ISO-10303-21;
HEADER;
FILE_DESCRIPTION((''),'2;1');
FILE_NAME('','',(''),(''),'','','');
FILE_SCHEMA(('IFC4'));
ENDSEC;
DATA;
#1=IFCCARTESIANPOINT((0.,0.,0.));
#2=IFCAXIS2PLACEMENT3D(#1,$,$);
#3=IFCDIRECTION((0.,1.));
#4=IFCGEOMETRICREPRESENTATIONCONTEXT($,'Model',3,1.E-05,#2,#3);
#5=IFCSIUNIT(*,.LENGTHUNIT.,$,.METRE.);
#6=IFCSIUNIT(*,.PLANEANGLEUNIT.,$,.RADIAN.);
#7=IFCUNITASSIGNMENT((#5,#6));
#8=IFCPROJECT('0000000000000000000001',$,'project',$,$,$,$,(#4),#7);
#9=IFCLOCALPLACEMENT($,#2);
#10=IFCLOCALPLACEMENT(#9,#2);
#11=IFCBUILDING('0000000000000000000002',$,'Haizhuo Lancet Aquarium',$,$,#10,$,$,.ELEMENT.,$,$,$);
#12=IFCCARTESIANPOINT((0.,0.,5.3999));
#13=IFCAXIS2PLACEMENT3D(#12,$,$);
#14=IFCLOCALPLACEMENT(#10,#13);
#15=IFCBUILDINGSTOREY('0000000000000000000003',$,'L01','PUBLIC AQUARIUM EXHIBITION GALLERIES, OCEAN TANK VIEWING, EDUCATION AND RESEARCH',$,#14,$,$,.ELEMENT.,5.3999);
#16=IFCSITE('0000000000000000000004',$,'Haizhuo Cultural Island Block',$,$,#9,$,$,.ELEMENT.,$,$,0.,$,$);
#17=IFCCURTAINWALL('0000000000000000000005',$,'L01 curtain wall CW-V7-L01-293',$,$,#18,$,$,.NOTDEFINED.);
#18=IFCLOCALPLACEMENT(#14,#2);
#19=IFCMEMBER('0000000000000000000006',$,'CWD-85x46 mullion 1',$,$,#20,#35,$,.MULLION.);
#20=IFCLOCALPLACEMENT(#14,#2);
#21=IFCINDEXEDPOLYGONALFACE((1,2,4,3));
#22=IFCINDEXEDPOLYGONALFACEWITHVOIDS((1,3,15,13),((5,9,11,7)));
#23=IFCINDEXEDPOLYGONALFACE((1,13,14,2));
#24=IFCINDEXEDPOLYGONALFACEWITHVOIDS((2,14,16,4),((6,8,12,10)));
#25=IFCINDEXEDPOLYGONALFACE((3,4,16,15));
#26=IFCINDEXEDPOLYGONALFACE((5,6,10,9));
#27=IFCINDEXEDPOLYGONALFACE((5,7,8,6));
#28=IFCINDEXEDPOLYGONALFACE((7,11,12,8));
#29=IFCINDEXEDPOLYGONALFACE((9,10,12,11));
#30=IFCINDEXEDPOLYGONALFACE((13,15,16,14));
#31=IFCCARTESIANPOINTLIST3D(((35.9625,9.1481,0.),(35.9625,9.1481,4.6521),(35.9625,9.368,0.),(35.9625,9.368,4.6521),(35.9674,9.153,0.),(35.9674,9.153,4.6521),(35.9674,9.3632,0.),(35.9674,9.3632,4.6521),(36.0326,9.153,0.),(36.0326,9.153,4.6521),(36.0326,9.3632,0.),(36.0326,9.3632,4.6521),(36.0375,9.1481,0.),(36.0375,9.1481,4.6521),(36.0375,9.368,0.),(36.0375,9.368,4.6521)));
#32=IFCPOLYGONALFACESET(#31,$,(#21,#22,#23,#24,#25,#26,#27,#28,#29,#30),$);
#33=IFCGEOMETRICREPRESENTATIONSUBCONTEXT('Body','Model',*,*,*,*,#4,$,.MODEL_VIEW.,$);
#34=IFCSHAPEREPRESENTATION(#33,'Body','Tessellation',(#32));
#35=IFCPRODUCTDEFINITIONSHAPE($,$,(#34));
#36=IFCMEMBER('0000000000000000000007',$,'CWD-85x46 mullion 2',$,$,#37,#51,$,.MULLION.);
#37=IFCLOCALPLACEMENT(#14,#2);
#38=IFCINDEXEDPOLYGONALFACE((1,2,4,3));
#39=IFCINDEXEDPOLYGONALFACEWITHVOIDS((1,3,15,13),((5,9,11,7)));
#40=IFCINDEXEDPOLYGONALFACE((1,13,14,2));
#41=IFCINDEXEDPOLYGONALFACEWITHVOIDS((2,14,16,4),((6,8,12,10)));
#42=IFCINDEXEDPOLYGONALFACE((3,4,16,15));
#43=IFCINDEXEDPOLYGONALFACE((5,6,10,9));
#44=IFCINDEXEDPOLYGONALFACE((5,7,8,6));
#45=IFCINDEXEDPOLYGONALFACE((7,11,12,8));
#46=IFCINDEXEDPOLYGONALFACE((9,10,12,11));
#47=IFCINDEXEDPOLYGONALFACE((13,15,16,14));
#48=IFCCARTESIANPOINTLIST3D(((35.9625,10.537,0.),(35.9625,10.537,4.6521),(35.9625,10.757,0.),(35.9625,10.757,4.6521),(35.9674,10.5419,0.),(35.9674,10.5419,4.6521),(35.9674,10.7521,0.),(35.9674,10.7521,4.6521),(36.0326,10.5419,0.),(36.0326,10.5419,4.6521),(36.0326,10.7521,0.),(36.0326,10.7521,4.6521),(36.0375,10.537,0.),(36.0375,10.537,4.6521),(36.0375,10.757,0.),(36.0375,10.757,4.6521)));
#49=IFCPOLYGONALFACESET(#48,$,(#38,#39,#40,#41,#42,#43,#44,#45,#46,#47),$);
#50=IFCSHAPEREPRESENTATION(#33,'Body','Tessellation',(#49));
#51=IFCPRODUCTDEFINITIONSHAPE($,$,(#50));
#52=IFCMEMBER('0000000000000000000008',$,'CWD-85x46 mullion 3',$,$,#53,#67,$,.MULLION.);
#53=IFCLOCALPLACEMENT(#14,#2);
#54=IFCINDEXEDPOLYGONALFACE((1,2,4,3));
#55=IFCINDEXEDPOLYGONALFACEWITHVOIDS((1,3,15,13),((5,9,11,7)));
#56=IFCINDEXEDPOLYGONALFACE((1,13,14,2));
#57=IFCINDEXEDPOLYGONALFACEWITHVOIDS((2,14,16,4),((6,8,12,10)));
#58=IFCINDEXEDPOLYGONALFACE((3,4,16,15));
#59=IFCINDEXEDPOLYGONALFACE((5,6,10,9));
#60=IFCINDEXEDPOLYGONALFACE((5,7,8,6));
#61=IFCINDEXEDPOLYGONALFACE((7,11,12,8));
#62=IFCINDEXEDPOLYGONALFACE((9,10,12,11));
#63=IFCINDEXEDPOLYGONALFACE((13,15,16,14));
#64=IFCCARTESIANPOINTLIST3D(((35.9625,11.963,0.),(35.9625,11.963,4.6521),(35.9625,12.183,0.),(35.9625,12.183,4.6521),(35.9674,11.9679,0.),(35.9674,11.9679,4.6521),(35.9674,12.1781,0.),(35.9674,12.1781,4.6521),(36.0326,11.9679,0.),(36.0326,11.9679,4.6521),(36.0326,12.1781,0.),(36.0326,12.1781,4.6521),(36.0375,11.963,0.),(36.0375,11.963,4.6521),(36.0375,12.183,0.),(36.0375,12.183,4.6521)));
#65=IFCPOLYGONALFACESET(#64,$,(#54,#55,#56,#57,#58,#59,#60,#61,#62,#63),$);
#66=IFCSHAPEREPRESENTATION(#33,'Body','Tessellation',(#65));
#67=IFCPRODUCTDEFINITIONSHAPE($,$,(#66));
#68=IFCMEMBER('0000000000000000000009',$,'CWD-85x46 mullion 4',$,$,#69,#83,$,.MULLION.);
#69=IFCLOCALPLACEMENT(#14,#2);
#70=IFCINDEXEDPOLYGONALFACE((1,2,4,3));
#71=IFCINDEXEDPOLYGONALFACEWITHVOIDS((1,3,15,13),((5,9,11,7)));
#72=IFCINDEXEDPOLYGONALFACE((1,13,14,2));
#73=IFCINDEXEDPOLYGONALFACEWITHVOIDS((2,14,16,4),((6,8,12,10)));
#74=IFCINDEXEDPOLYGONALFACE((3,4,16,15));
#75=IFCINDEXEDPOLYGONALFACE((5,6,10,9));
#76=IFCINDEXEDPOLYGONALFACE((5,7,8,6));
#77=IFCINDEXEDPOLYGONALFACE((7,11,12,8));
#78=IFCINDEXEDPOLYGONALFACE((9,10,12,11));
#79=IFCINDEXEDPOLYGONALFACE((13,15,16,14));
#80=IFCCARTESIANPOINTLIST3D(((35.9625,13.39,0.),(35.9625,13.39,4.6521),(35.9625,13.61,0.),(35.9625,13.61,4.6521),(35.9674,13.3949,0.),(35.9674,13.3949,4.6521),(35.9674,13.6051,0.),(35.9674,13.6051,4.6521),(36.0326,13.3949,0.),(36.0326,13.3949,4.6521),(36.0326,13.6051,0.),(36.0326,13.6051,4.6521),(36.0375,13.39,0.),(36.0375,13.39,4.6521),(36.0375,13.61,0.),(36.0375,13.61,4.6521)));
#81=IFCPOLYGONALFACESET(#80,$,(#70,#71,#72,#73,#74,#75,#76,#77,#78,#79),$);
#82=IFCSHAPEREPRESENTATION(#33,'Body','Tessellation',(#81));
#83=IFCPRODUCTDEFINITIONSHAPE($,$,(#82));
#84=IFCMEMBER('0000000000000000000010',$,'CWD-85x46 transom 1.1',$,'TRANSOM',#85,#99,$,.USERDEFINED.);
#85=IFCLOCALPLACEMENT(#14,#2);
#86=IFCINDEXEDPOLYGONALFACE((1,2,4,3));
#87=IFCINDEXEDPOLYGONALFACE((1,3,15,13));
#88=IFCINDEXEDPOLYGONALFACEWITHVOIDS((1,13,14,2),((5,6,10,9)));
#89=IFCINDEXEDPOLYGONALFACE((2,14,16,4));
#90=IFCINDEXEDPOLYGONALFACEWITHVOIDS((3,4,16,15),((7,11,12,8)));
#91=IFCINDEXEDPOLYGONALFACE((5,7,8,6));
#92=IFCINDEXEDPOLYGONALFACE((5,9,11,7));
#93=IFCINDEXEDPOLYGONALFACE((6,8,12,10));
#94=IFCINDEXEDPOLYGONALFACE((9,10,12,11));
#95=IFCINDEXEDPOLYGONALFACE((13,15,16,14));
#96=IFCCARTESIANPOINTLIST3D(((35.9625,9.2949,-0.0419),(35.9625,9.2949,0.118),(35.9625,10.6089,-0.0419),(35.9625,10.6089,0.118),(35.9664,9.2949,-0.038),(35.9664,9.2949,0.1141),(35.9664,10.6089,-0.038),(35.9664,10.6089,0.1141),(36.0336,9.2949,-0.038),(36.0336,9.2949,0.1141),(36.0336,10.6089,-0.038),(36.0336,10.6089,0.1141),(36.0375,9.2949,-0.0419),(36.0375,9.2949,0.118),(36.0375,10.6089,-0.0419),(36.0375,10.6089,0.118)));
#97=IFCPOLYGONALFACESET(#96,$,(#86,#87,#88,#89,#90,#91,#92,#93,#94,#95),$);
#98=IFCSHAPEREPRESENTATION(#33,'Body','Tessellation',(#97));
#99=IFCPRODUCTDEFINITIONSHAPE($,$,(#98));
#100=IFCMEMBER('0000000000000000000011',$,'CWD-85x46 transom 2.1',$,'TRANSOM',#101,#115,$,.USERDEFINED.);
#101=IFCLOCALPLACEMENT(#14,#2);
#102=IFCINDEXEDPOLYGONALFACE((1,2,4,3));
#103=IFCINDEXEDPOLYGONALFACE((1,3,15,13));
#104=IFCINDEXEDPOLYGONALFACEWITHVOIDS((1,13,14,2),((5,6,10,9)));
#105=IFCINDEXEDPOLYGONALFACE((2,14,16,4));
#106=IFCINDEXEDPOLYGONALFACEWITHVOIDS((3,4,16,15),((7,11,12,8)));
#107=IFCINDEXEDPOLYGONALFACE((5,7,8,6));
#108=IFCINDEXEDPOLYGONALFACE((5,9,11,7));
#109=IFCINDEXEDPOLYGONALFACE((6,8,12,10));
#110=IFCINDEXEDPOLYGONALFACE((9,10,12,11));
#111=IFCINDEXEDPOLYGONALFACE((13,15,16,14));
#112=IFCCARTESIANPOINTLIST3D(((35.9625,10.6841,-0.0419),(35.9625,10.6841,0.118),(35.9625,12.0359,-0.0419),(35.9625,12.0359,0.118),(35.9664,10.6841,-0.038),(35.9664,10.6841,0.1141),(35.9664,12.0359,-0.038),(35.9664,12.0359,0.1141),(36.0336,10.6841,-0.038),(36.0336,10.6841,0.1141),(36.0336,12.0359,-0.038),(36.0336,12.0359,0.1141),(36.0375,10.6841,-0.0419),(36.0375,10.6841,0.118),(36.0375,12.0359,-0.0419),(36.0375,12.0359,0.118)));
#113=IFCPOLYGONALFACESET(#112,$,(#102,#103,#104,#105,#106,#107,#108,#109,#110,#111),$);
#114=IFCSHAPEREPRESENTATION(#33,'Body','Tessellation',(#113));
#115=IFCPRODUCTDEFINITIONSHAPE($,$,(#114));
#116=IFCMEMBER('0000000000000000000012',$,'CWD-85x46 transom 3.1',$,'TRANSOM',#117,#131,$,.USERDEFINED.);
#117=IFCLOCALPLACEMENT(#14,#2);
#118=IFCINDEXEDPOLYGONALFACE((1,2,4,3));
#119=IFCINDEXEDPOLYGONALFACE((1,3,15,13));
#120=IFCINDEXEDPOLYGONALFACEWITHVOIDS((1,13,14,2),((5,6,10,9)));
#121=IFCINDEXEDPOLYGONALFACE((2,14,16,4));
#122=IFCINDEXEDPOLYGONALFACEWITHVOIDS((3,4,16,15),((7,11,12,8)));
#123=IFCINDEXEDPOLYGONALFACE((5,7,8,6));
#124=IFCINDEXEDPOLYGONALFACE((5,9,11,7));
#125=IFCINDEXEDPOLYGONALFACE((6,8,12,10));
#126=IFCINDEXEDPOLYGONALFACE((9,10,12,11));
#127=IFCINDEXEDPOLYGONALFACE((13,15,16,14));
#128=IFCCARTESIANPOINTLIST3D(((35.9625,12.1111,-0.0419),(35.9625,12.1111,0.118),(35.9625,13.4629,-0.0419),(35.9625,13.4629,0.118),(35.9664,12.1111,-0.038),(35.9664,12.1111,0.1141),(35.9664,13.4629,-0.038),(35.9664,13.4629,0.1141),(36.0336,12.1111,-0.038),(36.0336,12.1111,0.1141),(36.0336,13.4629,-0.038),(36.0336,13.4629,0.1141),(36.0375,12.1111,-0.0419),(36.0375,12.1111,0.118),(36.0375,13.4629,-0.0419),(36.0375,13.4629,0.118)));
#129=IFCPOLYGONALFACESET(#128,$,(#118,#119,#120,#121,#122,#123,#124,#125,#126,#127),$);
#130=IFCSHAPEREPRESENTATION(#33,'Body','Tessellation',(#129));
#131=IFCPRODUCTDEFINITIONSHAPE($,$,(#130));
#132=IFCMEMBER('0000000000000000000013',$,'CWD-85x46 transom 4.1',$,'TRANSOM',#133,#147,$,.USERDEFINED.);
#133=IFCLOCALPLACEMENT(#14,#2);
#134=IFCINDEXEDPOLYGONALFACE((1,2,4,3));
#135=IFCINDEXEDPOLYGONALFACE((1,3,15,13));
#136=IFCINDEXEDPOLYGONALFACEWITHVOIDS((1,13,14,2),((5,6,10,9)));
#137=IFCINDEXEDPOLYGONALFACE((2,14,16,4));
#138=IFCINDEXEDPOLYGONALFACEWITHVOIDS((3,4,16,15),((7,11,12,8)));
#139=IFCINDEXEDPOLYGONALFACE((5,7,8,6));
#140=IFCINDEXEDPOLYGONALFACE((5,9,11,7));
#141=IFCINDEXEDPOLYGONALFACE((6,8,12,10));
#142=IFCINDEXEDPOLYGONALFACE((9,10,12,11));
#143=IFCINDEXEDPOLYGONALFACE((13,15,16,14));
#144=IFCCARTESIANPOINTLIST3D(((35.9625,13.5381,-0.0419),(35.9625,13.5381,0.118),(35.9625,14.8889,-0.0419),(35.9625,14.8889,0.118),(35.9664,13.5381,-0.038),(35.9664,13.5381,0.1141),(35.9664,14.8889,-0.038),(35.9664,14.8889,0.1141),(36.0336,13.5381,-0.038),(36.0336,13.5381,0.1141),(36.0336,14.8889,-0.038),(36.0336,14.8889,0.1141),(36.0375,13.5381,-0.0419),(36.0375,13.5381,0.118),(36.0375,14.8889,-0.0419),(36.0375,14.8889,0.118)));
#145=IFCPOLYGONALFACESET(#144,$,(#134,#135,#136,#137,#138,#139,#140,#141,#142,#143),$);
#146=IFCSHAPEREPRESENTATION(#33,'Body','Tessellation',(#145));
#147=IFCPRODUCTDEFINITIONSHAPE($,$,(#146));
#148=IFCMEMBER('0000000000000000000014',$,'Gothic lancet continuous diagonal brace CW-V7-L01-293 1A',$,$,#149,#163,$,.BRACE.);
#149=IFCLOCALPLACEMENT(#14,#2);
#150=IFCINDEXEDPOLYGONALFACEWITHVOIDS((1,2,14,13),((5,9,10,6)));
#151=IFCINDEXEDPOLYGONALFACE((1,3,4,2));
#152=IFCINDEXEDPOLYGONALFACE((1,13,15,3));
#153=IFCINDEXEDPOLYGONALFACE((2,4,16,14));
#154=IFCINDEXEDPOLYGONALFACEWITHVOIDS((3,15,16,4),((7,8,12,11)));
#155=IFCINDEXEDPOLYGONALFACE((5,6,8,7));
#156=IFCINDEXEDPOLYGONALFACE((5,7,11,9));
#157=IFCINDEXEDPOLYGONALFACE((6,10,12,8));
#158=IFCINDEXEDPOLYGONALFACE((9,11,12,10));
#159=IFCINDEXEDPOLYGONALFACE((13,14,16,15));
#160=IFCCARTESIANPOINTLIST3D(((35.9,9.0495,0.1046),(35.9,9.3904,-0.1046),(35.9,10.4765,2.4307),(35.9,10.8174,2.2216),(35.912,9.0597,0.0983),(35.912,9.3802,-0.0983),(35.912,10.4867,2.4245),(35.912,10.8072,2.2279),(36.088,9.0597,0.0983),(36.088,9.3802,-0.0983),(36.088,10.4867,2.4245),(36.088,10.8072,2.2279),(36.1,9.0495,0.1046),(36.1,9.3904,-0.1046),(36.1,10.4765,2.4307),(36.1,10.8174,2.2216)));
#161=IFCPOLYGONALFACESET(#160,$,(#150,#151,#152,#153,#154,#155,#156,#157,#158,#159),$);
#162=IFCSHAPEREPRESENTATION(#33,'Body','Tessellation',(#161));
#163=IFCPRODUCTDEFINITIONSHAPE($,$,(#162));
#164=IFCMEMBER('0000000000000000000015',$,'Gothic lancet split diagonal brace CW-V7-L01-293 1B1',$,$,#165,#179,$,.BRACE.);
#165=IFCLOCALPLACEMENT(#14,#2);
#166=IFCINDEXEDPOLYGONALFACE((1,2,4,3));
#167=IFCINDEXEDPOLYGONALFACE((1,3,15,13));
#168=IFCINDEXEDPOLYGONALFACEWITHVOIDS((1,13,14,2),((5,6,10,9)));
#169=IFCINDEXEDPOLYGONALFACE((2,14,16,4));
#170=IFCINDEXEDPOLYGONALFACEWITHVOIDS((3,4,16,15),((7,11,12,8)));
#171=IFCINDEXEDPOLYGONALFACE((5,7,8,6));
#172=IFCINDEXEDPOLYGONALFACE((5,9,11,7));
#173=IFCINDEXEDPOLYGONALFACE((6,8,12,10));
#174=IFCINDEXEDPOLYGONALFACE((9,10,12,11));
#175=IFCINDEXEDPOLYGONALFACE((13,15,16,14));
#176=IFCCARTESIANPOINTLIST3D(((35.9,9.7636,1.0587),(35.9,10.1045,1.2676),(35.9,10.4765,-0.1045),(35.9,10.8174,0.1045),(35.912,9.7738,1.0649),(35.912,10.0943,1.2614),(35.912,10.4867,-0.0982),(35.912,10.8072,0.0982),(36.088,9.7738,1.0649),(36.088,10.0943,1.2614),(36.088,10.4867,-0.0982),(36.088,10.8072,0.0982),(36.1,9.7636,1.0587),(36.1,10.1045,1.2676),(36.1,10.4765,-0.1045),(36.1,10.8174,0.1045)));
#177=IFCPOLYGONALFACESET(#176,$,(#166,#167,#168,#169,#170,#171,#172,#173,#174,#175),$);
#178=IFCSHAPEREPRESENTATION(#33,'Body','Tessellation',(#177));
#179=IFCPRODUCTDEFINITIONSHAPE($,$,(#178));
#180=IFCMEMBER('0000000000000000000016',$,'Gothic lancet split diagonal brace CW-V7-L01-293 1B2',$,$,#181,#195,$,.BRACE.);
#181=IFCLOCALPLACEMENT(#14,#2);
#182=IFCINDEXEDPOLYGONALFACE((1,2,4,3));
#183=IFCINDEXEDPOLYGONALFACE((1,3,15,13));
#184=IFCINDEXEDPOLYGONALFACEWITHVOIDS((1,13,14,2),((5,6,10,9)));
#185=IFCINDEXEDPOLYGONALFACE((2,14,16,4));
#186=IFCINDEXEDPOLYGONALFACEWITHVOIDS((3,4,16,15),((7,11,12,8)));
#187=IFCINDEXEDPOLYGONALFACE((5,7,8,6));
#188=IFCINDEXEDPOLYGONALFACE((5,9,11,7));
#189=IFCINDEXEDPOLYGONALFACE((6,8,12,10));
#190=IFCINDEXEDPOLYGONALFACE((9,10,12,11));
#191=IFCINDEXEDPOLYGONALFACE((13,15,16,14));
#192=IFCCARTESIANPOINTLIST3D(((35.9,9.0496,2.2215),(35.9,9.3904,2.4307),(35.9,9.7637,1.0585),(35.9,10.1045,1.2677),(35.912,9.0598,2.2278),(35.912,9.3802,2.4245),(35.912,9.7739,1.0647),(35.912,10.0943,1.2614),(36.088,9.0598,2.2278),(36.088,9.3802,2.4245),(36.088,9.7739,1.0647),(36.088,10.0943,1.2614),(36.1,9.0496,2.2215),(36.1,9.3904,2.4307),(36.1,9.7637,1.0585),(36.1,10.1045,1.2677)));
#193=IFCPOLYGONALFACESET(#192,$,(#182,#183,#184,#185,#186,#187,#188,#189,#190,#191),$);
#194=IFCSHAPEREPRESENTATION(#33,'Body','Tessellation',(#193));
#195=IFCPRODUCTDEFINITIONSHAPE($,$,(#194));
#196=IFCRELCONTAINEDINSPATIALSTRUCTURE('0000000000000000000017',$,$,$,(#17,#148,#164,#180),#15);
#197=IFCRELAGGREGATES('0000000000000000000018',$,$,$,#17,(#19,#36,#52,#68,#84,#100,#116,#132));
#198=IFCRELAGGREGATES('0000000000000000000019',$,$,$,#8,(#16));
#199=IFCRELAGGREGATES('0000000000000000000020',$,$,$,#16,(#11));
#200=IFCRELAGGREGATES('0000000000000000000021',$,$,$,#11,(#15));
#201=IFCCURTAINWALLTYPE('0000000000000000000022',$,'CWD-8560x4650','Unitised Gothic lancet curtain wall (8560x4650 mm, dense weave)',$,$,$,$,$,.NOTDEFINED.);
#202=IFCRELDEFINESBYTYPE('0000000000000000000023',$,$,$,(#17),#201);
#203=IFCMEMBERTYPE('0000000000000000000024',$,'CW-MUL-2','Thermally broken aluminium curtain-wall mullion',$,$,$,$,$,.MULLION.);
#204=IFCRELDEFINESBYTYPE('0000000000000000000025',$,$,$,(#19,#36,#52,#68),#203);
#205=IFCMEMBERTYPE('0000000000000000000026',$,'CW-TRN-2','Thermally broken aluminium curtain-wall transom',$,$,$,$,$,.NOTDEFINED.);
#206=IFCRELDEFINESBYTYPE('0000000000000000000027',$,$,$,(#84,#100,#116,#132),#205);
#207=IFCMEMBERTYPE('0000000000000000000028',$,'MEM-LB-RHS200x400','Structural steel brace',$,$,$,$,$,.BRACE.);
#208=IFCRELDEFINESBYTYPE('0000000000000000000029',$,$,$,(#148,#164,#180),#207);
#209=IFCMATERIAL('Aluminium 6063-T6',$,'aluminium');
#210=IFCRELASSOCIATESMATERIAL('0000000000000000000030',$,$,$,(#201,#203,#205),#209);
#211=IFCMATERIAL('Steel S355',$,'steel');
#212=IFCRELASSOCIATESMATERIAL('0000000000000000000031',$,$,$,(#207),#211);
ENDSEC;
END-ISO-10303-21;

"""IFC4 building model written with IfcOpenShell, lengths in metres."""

from ifc_helpers import new_model, si_unit, direction, frame, origin, origin_2d, place, context, subcontext, project, spatial, hollow_rectangle, extrude, material, material_profile, profile_set, type_object, element, aggregate, save


model = new_model("IFC4")

# Units and contexts
model_context = context("Model", 3, precision=1e-05, world=origin(), true_north=direction((0.0, 1.0)))
body_context = subcontext(model_context, "Body", "Model", "MODEL_VIEW")
ifc_project = project(units=[si_unit("LENGTHUNIT", "METRE"), si_unit("PLANEANGLEUNIT", "RADIAN")], contexts=[model_context])

# Site, building, storey
site_placement = place(None, origin())
site = spatial("IfcSite", under=ifc_project, at=site_placement, Name="Haizhuo Cultural Island Block", CompositionType="ELEMENT", RefElevation=0.0)
building_placement = place(site_placement, origin())
building = spatial("IfcBuilding", under=site, at=building_placement, Name="Haizhuo Lancet Aquarium", CompositionType="ELEMENT")
storey_placement = place(building_placement, frame((0.0, 0.0, 5.3999)))
storey = spatial("IfcBuildingStorey", under=building, at=storey_placement, Name="L01", Description="PUBLIC AQUARIUM EXHIBITION GALLERIES, OCEAN TANK VIEWING, EDUCATION AND RESEARCH", CompositionType="ELEMENT", Elevation=5.3999)

# Curtain wall, members
ifc_material_1 = material(Name="Aluminium 6063-T6", Category="aluminium")
curtain_wall_type = type_object("IfcCurtainWallType", Name="CWD-8560x4650", Description="Unitised Gothic lancet curtain wall (8560x4650 mm, dense weave)", PredefinedType="NOTDEFINED", material=ifc_material_1)
curtain_wall_placement = place(storey_placement, origin())
curtain_wall = element("IfcCurtainWall", 1, at=curtain_wall_placement, inside=storey, type_object=curtain_wall_type, Name="L01 curtain wall CW-V7-L01-293", PredefinedType="NOTDEFINED")
ifc_material_profile_1 = material_profile(ifc_material_1, hollow_rectangle(XDim=0.075, YDim=0.22, WallThickness=0.0049, at=origin_2d()), Name="ALU-M 75x220x5")
ifc_profile_set_1 = profile_set([ifc_material_profile_1], Name="Aluminium 6063-T6")
member_type_1 = type_object("IfcMemberType", Name="CW-MUL-2", Description="Thermally broken aluminium curtain-wall mullion", PredefinedType="MULLION", material=ifc_profile_set_1)
member_1_placement = place(storey_placement, frame((36.0, 9.2581, 0.0), z_axis=(0.0, 0.0, 1.0), x_axis=(-1.0, 0.0, 0.0)))
member_1 = element("IfcMember", 2, at=member_1_placement, type_object=member_type_1, Name="CWD-85x46 mullion 1", PredefinedType="MULLION", context=body_context, shape_type="SweptSolid", body=[
    extrude(hollow_rectangle(XDim=0.075, YDim=0.22, WallThickness=0.0049, at=origin_2d()), origin(), (0.0, 0.0, 1.0), 4.6521),
])
member_2_placement = place(storey_placement, frame((36.0, 10.647, 0.0), z_axis=(0.0, 0.0, 1.0), x_axis=(-1.0, 0.0, 0.0)))
member_2 = element("IfcMember", 3, at=member_2_placement, type_object=member_type_1, Name="CWD-85x46 mullion 2", PredefinedType="MULLION", context=body_context, shape_type="SweptSolid", body=[
    extrude(hollow_rectangle(XDim=0.075, YDim=0.22, WallThickness=0.0049, at=origin_2d()), origin(), (0.0, 0.0, 1.0), 4.6521),
])
member_3_placement = place(storey_placement, frame((36.0, 12.073, 0.0), z_axis=(0.0, 0.0, 1.0), x_axis=(-1.0, 0.0, 0.0)))
member_3 = element("IfcMember", 4, at=member_3_placement, type_object=member_type_1, Name="CWD-85x46 mullion 3", PredefinedType="MULLION", context=body_context, shape_type="SweptSolid", body=[
    extrude(hollow_rectangle(XDim=0.075, YDim=0.22, WallThickness=0.0049, at=origin_2d()), origin(), (0.0, 0.0, 1.0), 4.6521),
])
member_4_placement = place(storey_placement, frame((36.0, 13.5, 0.0), z_axis=(0.0, 0.0, 1.0), x_axis=(-1.0, 0.0, 0.0)))
member_4 = element("IfcMember", 5, at=member_4_placement, type_object=member_type_1, Name="CWD-85x46 mullion 4", PredefinedType="MULLION", context=body_context, shape_type="SweptSolid", body=[
    extrude(hollow_rectangle(XDim=0.075, YDim=0.22, WallThickness=0.0049, at=origin_2d()), origin(), (0.0, 0.0, 1.0), 4.6521),
])
ifc_material_profile_2 = material_profile(ifc_material_1, hollow_rectangle(XDim=0.075, YDim=0.1599, WallThickness=0.0039, at=origin_2d()), Name="ALU-T 75x160x4")
ifc_profile_set_2 = profile_set([ifc_material_profile_2], Name="Aluminium 6063-T6")
member_type_2 = type_object("IfcMemberType", Name="CW-TRN-2", Description="Thermally broken aluminium curtain-wall transom", PredefinedType="NOTDEFINED", material=ifc_profile_set_2)
member_5_placement = place(storey_placement, frame((36.0, 9.2949, 0.0381), z_axis=(0.0, 1.0, 0.0), x_axis=(-1.0, 0.0, 0.0)))
member_5 = element("IfcMember", 6, at=member_5_placement, type_object=member_type_2, Name="CWD-85x46 transom 1.1", ObjectType="TRANSOM", PredefinedType="USERDEFINED", context=body_context, shape_type="SweptSolid", body=[
    extrude(hollow_rectangle(XDim=0.075, YDim=0.1599, WallThickness=0.0039, at=origin_2d()), origin(), (0.0, 0.0, 1.0), 1.314),
])
member_6_placement = place(storey_placement, frame((36.0, 10.6841, 0.0381), z_axis=(0.0, 1.0, 0.0), x_axis=(-1.0, 0.0, 0.0)))
member_6 = element("IfcMember", 7, at=member_6_placement, type_object=member_type_2, Name="CWD-85x46 transom 2.1", ObjectType="TRANSOM", PredefinedType="USERDEFINED", context=body_context, shape_type="SweptSolid", body=[
    extrude(hollow_rectangle(XDim=0.075, YDim=0.1599, WallThickness=0.0039, at=origin_2d()), origin(), (0.0, 0.0, 1.0), 1.3518),
])
member_7_placement = place(storey_placement, frame((36.0, 12.1111, 0.0381), z_axis=(0.0, 1.0, 0.0), x_axis=(-1.0, 0.0, 0.0)))
member_7 = element("IfcMember", 8, at=member_7_placement, type_object=member_type_2, Name="CWD-85x46 transom 3.1", ObjectType="TRANSOM", PredefinedType="USERDEFINED", context=body_context, shape_type="SweptSolid", body=[
    extrude(hollow_rectangle(XDim=0.075, YDim=0.1599, WallThickness=0.0039, at=origin_2d()), origin(), (0.0, 0.0, 1.0), 1.3518),
])
member_8_placement = place(storey_placement, frame((36.0, 13.5381, 0.0381), z_axis=(0.0, 1.0, 0.0), x_axis=(-1.0, 0.0, 0.0)))
member_8 = element("IfcMember", 9, at=member_8_placement, type_object=member_type_2, Name="CWD-85x46 transom 4.1", ObjectType="TRANSOM", PredefinedType="USERDEFINED", context=body_context, shape_type="SweptSolid", body=[
    extrude(hollow_rectangle(XDim=0.075, YDim=0.1599, WallThickness=0.0039, at=origin_2d()), origin(), (0.0, 0.0, 1.0), 1.3508),
])

# Members
ifc_material_2 = material(Name="Steel S355", Category="steel")
ifc_material_profile_3 = material_profile(ifc_material_2, hollow_rectangle(XDim=0.2, YDim=0.3999, WallThickness=0.012, at=origin_2d()), Name="RHS 200x400x12")
ifc_profile_set_3 = profile_set([ifc_material_profile_3], Name="Steel S355")
member_type_3 = type_object("IfcMemberType", Name="MEM-LB-RHS200x400", Description="Structural steel brace", PredefinedType="BRACE", material=ifc_profile_set_3)
member_9_placement = place(storey_placement, frame((36.0, 9.22, 0.0), z_axis=(0.0, 0.522904, 0.852392), x_axis=(-1.0, 0.0, 0.0)))
element("IfcMember", 10, at=member_9_placement, inside=storey, type_object=member_type_3, Name="Gothic lancet continuous diagonal brace CW-V7-L01-293 1A", PredefinedType="BRACE", context=body_context, shape_type="SweptSolid", body=[
    extrude(hollow_rectangle(XDim=0.2, YDim=0.3999, WallThickness=0.012, at=origin_2d()), origin(), (0.0, 0.0, 1.0), 2.729),
])
member_10_placement = place(storey_placement, frame((36.0, 10.647, 0.0), z_axis=(0.0, -0.522579, 0.852591), x_axis=(1.0, 0.0, 0.0)))
element("IfcMember", 11, at=member_10_placement, inside=storey, type_object=member_type_3, Name="Gothic lancet split diagonal brace CW-V7-L01-293 1B1", PredefinedType="BRACE", context=body_context, shape_type="SweptSolid", body=[
    extrude(hollow_rectangle(XDim=0.2, YDim=0.3999, WallThickness=0.012, at=origin_2d()), origin(), (0.0, 0.0, 1.0), 1.3643),
])
member_11_placement = place(storey_placement, frame((36.0, 9.9341, 1.1631), z_axis=(0.0, -0.523229, 0.852192), x_axis=(1.0, 0.0, 0.0)))
element("IfcMember", 12, at=member_11_placement, inside=storey, type_object=member_type_3, Name="Gothic lancet split diagonal brace CW-V7-L01-293 1B2", PredefinedType="BRACE", context=body_context, shape_type="SweptSolid", body=[
    extrude(hollow_rectangle(XDim=0.2, YDim=0.3999, WallThickness=0.012, at=origin_2d()), origin(), (0.0, 0.0, 1.0), 1.3647),
])

aggregate(curtain_wall, [member_1, member_2, member_3, member_4, member_5, member_6, member_7, member_8])

save(model, "model.ifc")
